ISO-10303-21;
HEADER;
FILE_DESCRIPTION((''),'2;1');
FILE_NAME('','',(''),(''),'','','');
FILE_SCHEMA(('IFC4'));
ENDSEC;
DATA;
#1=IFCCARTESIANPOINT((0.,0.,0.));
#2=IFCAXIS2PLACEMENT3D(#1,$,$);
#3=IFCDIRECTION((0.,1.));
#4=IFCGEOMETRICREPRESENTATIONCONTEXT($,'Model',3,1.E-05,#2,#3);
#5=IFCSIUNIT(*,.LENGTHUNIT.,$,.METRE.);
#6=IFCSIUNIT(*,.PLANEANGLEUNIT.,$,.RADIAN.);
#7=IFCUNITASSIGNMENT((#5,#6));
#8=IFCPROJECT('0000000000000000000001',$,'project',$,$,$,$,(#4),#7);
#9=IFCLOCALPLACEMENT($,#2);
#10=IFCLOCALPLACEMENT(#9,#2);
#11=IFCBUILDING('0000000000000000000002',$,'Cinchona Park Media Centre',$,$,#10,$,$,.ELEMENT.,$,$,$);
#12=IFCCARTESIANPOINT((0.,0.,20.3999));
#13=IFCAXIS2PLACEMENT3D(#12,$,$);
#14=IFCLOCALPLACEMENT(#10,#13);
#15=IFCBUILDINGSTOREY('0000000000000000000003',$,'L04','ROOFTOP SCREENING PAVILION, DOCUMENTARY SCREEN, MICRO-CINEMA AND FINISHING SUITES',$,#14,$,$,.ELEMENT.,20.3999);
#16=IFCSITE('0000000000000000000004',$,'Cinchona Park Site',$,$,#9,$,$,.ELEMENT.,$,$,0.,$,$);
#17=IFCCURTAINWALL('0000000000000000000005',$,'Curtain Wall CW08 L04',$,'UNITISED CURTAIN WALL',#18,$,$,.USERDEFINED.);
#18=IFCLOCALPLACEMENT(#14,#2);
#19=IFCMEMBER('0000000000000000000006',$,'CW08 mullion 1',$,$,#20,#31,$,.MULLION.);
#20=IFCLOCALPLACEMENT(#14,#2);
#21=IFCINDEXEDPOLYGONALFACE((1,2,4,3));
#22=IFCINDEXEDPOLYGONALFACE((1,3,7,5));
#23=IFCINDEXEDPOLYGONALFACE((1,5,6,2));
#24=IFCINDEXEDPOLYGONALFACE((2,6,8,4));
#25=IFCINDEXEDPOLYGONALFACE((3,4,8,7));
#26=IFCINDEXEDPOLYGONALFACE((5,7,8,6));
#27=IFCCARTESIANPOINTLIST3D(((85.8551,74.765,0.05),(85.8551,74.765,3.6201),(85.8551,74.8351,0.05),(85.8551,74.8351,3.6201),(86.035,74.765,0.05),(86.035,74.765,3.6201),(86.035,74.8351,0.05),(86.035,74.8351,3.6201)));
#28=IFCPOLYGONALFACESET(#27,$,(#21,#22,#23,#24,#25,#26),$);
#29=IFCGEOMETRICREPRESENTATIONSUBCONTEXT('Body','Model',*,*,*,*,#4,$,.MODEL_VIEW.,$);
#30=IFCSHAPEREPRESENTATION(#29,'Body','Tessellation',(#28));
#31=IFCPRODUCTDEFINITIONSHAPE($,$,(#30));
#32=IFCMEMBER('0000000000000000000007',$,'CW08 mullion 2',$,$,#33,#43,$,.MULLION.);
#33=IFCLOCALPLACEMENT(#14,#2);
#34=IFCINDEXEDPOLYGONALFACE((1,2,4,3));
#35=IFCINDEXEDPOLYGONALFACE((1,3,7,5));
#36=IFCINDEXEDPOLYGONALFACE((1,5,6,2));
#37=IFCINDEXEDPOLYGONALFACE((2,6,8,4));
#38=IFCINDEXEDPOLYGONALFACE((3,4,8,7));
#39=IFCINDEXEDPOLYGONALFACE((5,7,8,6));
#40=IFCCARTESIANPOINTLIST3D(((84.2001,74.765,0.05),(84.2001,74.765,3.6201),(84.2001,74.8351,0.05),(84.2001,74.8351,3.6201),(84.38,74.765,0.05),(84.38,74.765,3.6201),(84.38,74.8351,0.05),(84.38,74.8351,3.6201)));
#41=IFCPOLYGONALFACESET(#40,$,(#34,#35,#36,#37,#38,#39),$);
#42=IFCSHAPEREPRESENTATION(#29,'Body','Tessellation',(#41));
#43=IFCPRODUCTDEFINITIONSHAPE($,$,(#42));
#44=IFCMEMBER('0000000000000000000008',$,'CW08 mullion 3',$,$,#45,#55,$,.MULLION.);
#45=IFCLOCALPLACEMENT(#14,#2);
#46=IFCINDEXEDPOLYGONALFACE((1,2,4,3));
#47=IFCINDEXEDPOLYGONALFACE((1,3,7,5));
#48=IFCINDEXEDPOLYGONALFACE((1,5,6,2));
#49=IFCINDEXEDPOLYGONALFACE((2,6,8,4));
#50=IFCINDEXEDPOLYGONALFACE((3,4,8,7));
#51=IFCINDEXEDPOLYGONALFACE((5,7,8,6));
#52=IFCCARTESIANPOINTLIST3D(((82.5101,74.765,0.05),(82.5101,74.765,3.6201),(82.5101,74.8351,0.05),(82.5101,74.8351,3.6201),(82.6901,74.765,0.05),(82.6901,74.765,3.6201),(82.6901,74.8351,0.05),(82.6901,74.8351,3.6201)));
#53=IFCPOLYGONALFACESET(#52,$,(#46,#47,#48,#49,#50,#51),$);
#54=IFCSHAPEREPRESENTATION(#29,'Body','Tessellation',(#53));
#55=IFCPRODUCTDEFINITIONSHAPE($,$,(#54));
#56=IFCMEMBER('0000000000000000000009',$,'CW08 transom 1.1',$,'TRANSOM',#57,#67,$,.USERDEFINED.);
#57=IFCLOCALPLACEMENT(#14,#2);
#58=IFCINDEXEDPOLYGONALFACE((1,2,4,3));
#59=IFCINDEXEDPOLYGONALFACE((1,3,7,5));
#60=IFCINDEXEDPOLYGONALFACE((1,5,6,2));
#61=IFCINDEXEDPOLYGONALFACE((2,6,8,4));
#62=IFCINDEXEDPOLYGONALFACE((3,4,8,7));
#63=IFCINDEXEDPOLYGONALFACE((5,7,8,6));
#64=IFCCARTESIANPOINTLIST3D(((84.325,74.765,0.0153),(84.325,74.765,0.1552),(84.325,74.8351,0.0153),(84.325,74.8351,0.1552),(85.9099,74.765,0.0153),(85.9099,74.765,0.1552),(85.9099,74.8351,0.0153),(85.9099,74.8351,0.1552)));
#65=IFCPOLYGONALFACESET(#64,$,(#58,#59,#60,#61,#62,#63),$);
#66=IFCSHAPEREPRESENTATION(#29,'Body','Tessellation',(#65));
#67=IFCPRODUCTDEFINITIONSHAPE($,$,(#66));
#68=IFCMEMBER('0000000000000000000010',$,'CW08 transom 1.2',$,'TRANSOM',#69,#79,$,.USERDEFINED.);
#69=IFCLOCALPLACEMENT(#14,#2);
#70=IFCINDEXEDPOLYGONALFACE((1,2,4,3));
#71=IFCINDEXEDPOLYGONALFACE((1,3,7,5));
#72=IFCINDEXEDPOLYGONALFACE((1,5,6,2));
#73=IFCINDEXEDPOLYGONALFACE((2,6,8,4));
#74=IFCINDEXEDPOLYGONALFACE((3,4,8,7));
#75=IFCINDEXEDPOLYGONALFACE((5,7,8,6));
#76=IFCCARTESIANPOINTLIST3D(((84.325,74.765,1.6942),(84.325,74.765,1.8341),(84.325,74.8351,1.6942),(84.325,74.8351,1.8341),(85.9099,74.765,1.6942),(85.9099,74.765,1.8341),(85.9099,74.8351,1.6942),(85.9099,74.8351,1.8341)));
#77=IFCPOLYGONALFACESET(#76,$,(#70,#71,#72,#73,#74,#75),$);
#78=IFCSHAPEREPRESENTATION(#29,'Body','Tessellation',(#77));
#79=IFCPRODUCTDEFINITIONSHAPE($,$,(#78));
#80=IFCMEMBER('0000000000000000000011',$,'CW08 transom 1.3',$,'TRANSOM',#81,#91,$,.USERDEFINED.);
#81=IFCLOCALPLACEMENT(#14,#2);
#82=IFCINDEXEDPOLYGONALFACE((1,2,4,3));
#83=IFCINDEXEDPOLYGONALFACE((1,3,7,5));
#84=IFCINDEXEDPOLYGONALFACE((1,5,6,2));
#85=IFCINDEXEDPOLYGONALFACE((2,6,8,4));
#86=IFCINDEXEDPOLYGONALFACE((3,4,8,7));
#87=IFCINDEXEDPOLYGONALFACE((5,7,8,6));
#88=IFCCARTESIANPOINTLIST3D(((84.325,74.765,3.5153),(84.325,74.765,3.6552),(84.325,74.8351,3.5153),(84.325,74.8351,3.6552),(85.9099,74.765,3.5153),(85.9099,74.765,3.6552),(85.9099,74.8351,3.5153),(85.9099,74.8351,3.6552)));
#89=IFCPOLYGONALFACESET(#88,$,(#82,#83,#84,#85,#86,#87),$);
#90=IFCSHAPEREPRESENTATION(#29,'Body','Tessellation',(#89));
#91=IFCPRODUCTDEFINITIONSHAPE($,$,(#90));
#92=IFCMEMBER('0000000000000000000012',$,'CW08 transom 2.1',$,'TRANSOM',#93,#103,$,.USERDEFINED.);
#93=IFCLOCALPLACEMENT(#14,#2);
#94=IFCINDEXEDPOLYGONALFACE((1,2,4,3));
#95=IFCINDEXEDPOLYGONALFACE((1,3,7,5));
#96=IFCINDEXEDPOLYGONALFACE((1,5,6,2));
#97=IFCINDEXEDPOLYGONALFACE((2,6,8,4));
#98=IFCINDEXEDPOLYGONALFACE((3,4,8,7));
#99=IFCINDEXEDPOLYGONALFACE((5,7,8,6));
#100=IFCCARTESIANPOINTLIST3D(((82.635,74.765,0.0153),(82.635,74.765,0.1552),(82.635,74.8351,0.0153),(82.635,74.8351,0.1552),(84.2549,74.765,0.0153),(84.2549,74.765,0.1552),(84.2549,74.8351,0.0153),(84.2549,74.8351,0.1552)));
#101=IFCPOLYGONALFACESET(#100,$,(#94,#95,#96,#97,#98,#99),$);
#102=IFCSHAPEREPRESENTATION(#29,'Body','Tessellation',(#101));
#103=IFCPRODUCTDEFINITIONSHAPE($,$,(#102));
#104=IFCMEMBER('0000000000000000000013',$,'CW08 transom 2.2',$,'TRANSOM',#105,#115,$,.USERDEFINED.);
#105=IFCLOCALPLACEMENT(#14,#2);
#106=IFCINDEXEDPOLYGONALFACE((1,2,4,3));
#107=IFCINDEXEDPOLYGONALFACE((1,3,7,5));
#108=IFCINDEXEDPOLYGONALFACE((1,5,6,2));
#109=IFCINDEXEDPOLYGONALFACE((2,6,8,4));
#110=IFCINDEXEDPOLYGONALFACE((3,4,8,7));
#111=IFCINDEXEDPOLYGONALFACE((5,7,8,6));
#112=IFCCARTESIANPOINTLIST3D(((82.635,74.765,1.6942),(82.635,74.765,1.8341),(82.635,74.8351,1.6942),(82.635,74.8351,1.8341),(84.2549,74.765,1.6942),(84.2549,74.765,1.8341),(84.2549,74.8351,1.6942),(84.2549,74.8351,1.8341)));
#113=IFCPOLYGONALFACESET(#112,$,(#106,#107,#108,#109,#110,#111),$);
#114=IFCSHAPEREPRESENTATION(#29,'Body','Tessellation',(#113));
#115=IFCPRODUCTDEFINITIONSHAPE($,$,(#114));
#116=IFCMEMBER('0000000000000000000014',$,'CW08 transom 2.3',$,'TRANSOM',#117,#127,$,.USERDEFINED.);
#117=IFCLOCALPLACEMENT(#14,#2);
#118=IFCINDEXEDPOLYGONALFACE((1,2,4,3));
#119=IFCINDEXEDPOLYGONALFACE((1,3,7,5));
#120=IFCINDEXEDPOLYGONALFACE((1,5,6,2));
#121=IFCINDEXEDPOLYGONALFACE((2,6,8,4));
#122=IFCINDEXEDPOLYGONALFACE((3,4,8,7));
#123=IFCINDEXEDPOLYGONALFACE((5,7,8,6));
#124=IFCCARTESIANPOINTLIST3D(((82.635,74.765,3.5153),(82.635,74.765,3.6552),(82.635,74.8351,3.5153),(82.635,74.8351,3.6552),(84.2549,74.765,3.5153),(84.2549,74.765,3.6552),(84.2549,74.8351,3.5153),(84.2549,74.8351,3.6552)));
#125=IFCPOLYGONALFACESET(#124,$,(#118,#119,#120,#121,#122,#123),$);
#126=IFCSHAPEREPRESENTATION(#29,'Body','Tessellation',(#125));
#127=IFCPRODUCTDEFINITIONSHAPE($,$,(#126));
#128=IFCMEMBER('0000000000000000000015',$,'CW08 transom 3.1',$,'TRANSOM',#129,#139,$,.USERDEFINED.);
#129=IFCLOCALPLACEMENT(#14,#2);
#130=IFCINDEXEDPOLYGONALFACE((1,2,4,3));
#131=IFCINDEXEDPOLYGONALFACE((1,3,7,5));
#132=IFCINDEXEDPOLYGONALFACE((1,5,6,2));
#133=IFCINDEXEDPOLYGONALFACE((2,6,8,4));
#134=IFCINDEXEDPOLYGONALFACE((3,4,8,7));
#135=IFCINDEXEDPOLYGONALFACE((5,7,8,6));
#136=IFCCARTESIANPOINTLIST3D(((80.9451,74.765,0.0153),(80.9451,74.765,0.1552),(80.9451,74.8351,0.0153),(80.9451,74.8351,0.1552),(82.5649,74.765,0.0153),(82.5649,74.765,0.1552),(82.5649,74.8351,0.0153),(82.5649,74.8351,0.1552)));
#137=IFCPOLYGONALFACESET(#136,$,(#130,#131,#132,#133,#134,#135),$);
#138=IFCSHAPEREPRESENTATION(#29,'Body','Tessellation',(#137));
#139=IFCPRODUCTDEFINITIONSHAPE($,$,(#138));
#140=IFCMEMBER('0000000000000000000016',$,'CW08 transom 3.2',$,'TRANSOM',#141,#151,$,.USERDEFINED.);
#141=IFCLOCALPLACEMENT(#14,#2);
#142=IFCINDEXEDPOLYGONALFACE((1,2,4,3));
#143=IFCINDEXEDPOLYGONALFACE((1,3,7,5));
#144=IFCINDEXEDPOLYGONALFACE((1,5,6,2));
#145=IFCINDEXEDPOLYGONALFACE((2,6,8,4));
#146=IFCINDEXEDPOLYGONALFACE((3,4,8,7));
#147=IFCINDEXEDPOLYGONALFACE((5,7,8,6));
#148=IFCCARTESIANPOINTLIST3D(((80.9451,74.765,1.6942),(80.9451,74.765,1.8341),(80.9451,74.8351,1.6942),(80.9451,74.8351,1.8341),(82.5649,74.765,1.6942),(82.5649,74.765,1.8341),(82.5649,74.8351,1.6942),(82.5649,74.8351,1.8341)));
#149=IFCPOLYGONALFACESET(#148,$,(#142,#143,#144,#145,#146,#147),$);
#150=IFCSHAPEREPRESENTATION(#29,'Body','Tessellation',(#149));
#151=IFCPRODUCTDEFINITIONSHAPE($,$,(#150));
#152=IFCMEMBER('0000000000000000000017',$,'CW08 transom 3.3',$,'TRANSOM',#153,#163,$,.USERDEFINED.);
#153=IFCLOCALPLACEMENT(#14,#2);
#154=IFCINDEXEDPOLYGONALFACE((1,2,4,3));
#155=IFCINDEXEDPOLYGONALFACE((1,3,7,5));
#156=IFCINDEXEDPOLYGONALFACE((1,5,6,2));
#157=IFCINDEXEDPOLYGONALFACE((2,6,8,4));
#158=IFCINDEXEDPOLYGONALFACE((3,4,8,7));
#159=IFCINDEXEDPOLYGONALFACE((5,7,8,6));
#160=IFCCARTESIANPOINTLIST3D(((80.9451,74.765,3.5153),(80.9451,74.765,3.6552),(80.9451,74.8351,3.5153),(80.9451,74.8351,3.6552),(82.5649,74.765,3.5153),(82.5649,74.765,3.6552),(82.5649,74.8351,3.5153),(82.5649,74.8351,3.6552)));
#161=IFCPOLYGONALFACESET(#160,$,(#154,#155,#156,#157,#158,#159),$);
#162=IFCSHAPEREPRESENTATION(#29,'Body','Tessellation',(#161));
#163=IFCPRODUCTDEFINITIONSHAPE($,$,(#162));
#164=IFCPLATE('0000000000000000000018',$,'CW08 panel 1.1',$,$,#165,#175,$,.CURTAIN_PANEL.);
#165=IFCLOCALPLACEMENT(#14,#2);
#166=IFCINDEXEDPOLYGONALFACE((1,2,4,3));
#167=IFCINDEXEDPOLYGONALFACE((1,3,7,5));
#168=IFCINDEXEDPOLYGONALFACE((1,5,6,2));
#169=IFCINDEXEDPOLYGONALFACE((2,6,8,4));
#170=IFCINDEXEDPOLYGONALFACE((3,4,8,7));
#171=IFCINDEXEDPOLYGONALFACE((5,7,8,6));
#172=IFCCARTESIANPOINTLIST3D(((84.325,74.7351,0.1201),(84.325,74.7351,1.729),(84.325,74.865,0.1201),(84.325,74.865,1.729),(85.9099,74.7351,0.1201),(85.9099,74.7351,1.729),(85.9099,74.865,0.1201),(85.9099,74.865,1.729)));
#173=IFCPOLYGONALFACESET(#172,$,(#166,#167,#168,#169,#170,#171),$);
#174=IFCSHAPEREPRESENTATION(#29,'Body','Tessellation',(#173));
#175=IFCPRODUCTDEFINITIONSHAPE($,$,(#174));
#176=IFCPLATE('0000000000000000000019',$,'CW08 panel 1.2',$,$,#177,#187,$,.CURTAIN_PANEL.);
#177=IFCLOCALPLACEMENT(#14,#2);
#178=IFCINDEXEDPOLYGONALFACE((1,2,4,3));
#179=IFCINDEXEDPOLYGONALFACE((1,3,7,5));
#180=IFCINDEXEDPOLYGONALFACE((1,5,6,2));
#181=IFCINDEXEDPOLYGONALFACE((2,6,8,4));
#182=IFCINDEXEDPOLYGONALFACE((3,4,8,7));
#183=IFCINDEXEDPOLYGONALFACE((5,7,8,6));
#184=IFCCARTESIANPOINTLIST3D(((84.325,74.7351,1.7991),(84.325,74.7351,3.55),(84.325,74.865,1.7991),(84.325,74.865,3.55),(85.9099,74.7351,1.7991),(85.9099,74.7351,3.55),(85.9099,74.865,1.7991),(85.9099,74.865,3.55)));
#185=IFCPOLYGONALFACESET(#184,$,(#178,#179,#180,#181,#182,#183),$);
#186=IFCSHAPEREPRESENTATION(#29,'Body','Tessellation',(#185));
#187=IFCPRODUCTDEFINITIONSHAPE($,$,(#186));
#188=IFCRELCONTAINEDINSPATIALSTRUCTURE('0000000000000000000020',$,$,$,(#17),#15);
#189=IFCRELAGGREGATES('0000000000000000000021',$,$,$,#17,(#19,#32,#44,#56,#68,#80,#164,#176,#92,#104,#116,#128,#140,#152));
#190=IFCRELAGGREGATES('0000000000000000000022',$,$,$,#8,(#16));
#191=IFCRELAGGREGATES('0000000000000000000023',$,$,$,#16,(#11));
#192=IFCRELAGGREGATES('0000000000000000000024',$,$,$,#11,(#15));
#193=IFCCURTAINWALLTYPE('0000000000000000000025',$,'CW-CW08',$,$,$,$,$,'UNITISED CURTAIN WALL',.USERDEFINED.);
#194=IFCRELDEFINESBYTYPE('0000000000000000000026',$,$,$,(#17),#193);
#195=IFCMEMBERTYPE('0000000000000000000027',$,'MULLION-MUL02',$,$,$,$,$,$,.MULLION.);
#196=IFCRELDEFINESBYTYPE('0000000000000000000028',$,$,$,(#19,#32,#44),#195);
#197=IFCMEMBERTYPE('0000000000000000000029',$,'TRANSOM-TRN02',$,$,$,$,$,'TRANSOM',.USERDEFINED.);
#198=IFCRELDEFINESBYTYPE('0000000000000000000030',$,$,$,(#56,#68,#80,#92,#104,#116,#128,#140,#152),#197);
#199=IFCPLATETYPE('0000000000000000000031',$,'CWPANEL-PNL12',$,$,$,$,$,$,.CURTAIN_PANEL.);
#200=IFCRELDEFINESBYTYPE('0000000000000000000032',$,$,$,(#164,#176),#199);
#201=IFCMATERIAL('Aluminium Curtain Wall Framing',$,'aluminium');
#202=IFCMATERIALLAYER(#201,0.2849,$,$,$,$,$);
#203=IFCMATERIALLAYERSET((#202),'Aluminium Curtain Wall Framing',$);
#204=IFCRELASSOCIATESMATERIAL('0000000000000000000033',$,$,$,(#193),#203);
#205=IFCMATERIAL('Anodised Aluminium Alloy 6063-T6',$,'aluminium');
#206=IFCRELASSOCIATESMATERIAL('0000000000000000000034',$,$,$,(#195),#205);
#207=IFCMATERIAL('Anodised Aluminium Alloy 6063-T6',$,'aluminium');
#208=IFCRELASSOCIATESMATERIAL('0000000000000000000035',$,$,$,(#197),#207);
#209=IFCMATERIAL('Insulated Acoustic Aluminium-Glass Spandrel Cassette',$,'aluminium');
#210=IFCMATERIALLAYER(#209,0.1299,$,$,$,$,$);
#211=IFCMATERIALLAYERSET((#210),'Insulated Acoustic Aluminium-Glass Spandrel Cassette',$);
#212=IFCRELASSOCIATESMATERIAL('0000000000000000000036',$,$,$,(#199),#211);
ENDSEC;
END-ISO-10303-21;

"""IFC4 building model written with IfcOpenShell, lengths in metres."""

from ifc_helpers import new_model, si_unit, direction, frame, origin, origin_2d, place, context, subcontext, project, spatial, rectangle, extrude, material, layer, layer_set, material_profile, profile_set, type_object, element, aggregate, save


model = new_model("IFC4")

# Units and contexts
model_context = context("Model", 3, precision=1e-05, world=origin(), true_north=direction((0.0, 1.0)))
body_context = subcontext(model_context, "Body", "Model", "MODEL_VIEW")
ifc_project = project(units=[si_unit("LENGTHUNIT", "METRE"), si_unit("PLANEANGLEUNIT", "RADIAN")], contexts=[model_context])

# Site, building, storey
site_placement = place(None, origin())
site = spatial("IfcSite", under=ifc_project, at=site_placement, Name="Cinchona Park Site", CompositionType="ELEMENT", RefElevation=0.0)
building_placement = place(site_placement, origin())
building = spatial("IfcBuilding", under=site, at=building_placement, Name="Cinchona Park Media Centre", CompositionType="ELEMENT")
storey_placement = place(building_placement, frame((0.0, 0.0, 20.3999)))
storey = spatial("IfcBuildingStorey", under=building, at=storey_placement, Name="L04", Description="ROOFTOP SCREENING PAVILION, DOCUMENTARY SCREEN, MICRO-CINEMA AND FINISHING SUITES", CompositionType="ELEMENT", Elevation=20.3999)

# Curtain wall, members, plates
ifc_material_1 = material(Name="Aluminium Curtain Wall Framing", Category="aluminium")
ifc_layer_1 = layer(ifc_material_1, 0.2849)
ifc_layer_set_1 = layer_set([ifc_layer_1], Name="Aluminium Curtain Wall Framing")
curtain_wall_type = type_object("IfcCurtainWallType", Name="CW-CW08", ElementType="UNITISED CURTAIN WALL", PredefinedType="USERDEFINED", material=ifc_layer_set_1)
curtain_wall_placement = place(storey_placement, origin())
curtain_wall = element("IfcCurtainWall", 1, at=curtain_wall_placement, inside=storey, type_object=curtain_wall_type, Name="Curtain Wall CW08 L04", ObjectType="UNITISED CURTAIN WALL", PredefinedType="USERDEFINED")
ifc_material_2 = material(Name="Anodised Aluminium Alloy 6063-T6", Category="aluminium")
ifc_material_profile_1 = material_profile(ifc_material_2, rectangle(XDim=0.0701, YDim=0.1799, at=origin_2d()), Name="MUL-70X180")
ifc_profile_set_1 = profile_set([ifc_material_profile_1], Name="Anodised Aluminium Alloy 6063-T6")
member_type_1 = type_object("IfcMemberType", Name="MULLION-MUL02", PredefinedType="MULLION", material=ifc_profile_set_1)
member_1_placement = place(storey_placement, frame((85.9451, 74.8, 0.05), z_axis=(0.0, 0.0, 1.0), x_axis=(0.0, -1.0, 0.0)))
member_1 = element("IfcMember", 2, at=member_1_placement, type_object=member_type_1, Name="CW08 mullion 1", PredefinedType="MULLION", context=body_context, shape_type="SweptSolid", body=[
    extrude(rectangle(XDim=0.0701, YDim=0.1799, at=origin_2d()), origin(), (0.0, 0.0, 1.0), 3.5701),
])
member_2_placement = place(storey_placement, frame((84.29, 74.8, 0.05), z_axis=(0.0, 0.0, 1.0), x_axis=(0.0, -1.0, 0.0)))
member_2 = element("IfcMember", 3, at=member_2_placement, type_object=member_type_1, Name="CW08 mullion 2", PredefinedType="MULLION", context=body_context, shape_type="SweptSolid", body=[
    extrude(rectangle(XDim=0.0701, YDim=0.1799, at=origin_2d()), origin(), (0.0, 0.0, 1.0), 3.5701),
])
member_3_placement = place(storey_placement, frame((82.6001, 74.8, 0.05), z_axis=(0.0, 0.0, 1.0), x_axis=(0.0, -1.0, 0.0)))
member_3 = element("IfcMember", 4, at=member_3_placement, type_object=member_type_1, Name="CW08 mullion 3", PredefinedType="MULLION", context=body_context, shape_type="SweptSolid", body=[
    extrude(rectangle(XDim=0.0701, YDim=0.1799, at=origin_2d()), origin(), (0.0, 0.0, 1.0), 3.5701),
])
ifc_material_3 = material(Name="Anodised Aluminium Alloy 6063-T6", Category="aluminium")
ifc_material_profile_2 = material_profile(ifc_material_3, rectangle(XDim=0.0701, YDim=0.1399, at=origin_2d()), Name="TRN-70X140")
ifc_profile_set_2 = profile_set([ifc_material_profile_2], Name="Anodised Aluminium Alloy 6063-T6")
member_type_2 = type_object("IfcMemberType", Name="TRANSOM-TRN02", ElementType="TRANSOM", PredefinedType="USERDEFINED", material=ifc_profile_set_2)
member_4_placement = place(storey_placement, frame((85.9099, 74.8, 0.0852), z_axis=(-1.0, 0.0, 0.0), x_axis=(0.0, -1.0, 0.0)))
member_4 = element("IfcMember", 5, at=member_4_placement, type_object=member_type_2, Name="CW08 transom 1.1", ObjectType="TRANSOM", PredefinedType="USERDEFINED", context=body_context, shape_type="SweptSolid", body=[
    extrude(rectangle(XDim=0.0701, YDim=0.1399, at=origin_2d()), origin(), (0.0, 0.0, 1.0), 1.585),
])
member_5_placement = place(storey_placement, frame((85.9099, 74.8, 1.7642), z_axis=(-1.0, 0.0, 0.0), x_axis=(0.0, -1.0, 0.0)))
member_5 = element("IfcMember", 6, at=member_5_placement, type_object=member_type_2, Name="CW08 transom 1.2", ObjectType="TRANSOM", PredefinedType="USERDEFINED", context=body_context, shape_type="SweptSolid", body=[
    extrude(rectangle(XDim=0.0701, YDim=0.1399, at=origin_2d()), origin(), (0.0, 0.0, 1.0), 1.585),
])
member_6_placement = place(storey_placement, frame((85.9099, 74.8, 3.5852), z_axis=(-1.0, 0.0, 0.0), x_axis=(0.0, -1.0, 0.0)))
member_6 = element("IfcMember", 7, at=member_6_placement, type_object=member_type_2, Name="CW08 transom 1.3", ObjectType="TRANSOM", PredefinedType="USERDEFINED", context=body_context, shape_type="SweptSolid", body=[
    extrude(rectangle(XDim=0.0701, YDim=0.1399, at=origin_2d()), origin(), (0.0, 0.0, 1.0), 1.585),
])
member_7_placement = place(storey_placement, frame((84.2549, 74.8, 0.0852), z_axis=(-1.0, 0.0, 0.0), x_axis=(0.0, -1.0, 0.0)))
member_7 = element("IfcMember", 8, at=member_7_placement, type_object=member_type_2, Name="CW08 transom 2.1", ObjectType="TRANSOM", PredefinedType="USERDEFINED", context=body_context, shape_type="SweptSolid", body=[
    extrude(rectangle(XDim=0.0701, YDim=0.1399, at=origin_2d()), origin(), (0.0, 0.0, 1.0), 1.6199),
])
member_8_placement = place(storey_placement, frame((84.2549, 74.8, 1.7642), z_axis=(-1.0, 0.0, 0.0), x_axis=(0.0, -1.0, 0.0)))
member_8 = element("IfcMember", 9, at=member_8_placement, type_object=member_type_2, Name="CW08 transom 2.2", ObjectType="TRANSOM", PredefinedType="USERDEFINED", context=body_context, shape_type="SweptSolid", body=[
    extrude(rectangle(XDim=0.0701, YDim=0.1399, at=origin_2d()), origin(), (0.0, 0.0, 1.0), 1.6199),
])
member_9_placement = place(storey_placement, frame((84.2549, 74.8, 3.5852), z_axis=(-1.0, 0.0, 0.0), x_axis=(0.0, -1.0, 0.0)))
member_9 = element("IfcMember", 10, at=member_9_placement, type_object=member_type_2, Name="CW08 transom 2.3", ObjectType="TRANSOM", PredefinedType="USERDEFINED", context=body_context, shape_type="SweptSolid", body=[
    extrude(rectangle(XDim=0.0701, YDim=0.1399, at=origin_2d()), origin(), (0.0, 0.0, 1.0), 1.6199),
])
member_10_placement = place(storey_placement, frame((82.5649, 74.8, 0.0852), z_axis=(-1.0, 0.0, 0.0), x_axis=(0.0, -1.0, 0.0)))
member_10 = element("IfcMember", 11, at=member_10_placement, type_object=member_type_2, Name="CW08 transom 3.1", ObjectType="TRANSOM", PredefinedType="USERDEFINED", context=body_context, shape_type="SweptSolid", body=[
    extrude(rectangle(XDim=0.0701, YDim=0.1399, at=origin_2d()), origin(), (0.0, 0.0, 1.0), 1.6199),
])
member_11_placement = place(storey_placement, frame((82.5649, 74.8, 1.7642), z_axis=(-1.0, 0.0, 0.0), x_axis=(0.0, -1.0, 0.0)))
member_11 = element("IfcMember", 12, at=member_11_placement, type_object=member_type_2, Name="CW08 transom 3.2", ObjectType="TRANSOM", PredefinedType="USERDEFINED", context=body_context, shape_type="SweptSolid", body=[
    extrude(rectangle(XDim=0.0701, YDim=0.1399, at=origin_2d()), origin(), (0.0, 0.0, 1.0), 1.6199),
])
member_12_placement = place(storey_placement, frame((82.5649, 74.8, 3.5852), z_axis=(-1.0, 0.0, 0.0), x_axis=(0.0, -1.0, 0.0)))
member_12 = element("IfcMember", 13, at=member_12_placement, type_object=member_type_2, Name="CW08 transom 3.3", ObjectType="TRANSOM", PredefinedType="USERDEFINED", context=body_context, shape_type="SweptSolid", body=[
    extrude(rectangle(XDim=0.0701, YDim=0.1399, at=origin_2d()), origin(), (0.0, 0.0, 1.0), 1.6199),
])
ifc_material_4 = material(Name="Insulated Acoustic Aluminium-Glass Spandrel Cassette", Category="aluminium")
ifc_layer_2 = layer(ifc_material_4, 0.1299)
ifc_layer_set_2 = layer_set([ifc_layer_2], Name="Insulated Acoustic Aluminium-Glass Spandrel Cassette")
plate_type = type_object("IfcPlateType", Name="CWPANEL-PNL12", PredefinedType="CURTAIN_PANEL", material=ifc_layer_set_2)
plate_1_placement = place(storey_placement, frame((85.1174, 74.8, 0.1201), z_axis=(0.0, 0.0, 1.0), x_axis=(-1.0, 0.0, 0.0)))
plate_1 = element("IfcPlate", 14, at=plate_1_placement, type_object=plate_type, Name="CW08 panel 1.1", PredefinedType="CURTAIN_PANEL", context=body_context, shape_type="SweptSolid", body=[
    extrude(rectangle(XDim=1.585, YDim=0.1299, at=origin_2d()), origin(), (0.0, 0.0, 1.0), 1.6089),
])
plate_2_placement = place(storey_placement, frame((85.1174, 74.8, 1.7991), z_axis=(0.0, 0.0, 1.0), x_axis=(-1.0, 0.0, 0.0)))
plate_2 = element("IfcPlate", 15, at=plate_2_placement, type_object=plate_type, Name="CW08 panel 1.2", PredefinedType="CURTAIN_PANEL", context=body_context, shape_type="SweptSolid", body=[
    extrude(rectangle(XDim=1.585, YDim=0.1299, at=origin_2d()), origin(), (0.0, 0.0, 1.0), 1.751),
])
aggregate(curtain_wall, [member_1, member_2, member_3, member_4, member_5, member_6, plate_1, plate_2, member_7, member_8, member_9, member_10, member_11, member_12])

save(model, "model.ifc")
